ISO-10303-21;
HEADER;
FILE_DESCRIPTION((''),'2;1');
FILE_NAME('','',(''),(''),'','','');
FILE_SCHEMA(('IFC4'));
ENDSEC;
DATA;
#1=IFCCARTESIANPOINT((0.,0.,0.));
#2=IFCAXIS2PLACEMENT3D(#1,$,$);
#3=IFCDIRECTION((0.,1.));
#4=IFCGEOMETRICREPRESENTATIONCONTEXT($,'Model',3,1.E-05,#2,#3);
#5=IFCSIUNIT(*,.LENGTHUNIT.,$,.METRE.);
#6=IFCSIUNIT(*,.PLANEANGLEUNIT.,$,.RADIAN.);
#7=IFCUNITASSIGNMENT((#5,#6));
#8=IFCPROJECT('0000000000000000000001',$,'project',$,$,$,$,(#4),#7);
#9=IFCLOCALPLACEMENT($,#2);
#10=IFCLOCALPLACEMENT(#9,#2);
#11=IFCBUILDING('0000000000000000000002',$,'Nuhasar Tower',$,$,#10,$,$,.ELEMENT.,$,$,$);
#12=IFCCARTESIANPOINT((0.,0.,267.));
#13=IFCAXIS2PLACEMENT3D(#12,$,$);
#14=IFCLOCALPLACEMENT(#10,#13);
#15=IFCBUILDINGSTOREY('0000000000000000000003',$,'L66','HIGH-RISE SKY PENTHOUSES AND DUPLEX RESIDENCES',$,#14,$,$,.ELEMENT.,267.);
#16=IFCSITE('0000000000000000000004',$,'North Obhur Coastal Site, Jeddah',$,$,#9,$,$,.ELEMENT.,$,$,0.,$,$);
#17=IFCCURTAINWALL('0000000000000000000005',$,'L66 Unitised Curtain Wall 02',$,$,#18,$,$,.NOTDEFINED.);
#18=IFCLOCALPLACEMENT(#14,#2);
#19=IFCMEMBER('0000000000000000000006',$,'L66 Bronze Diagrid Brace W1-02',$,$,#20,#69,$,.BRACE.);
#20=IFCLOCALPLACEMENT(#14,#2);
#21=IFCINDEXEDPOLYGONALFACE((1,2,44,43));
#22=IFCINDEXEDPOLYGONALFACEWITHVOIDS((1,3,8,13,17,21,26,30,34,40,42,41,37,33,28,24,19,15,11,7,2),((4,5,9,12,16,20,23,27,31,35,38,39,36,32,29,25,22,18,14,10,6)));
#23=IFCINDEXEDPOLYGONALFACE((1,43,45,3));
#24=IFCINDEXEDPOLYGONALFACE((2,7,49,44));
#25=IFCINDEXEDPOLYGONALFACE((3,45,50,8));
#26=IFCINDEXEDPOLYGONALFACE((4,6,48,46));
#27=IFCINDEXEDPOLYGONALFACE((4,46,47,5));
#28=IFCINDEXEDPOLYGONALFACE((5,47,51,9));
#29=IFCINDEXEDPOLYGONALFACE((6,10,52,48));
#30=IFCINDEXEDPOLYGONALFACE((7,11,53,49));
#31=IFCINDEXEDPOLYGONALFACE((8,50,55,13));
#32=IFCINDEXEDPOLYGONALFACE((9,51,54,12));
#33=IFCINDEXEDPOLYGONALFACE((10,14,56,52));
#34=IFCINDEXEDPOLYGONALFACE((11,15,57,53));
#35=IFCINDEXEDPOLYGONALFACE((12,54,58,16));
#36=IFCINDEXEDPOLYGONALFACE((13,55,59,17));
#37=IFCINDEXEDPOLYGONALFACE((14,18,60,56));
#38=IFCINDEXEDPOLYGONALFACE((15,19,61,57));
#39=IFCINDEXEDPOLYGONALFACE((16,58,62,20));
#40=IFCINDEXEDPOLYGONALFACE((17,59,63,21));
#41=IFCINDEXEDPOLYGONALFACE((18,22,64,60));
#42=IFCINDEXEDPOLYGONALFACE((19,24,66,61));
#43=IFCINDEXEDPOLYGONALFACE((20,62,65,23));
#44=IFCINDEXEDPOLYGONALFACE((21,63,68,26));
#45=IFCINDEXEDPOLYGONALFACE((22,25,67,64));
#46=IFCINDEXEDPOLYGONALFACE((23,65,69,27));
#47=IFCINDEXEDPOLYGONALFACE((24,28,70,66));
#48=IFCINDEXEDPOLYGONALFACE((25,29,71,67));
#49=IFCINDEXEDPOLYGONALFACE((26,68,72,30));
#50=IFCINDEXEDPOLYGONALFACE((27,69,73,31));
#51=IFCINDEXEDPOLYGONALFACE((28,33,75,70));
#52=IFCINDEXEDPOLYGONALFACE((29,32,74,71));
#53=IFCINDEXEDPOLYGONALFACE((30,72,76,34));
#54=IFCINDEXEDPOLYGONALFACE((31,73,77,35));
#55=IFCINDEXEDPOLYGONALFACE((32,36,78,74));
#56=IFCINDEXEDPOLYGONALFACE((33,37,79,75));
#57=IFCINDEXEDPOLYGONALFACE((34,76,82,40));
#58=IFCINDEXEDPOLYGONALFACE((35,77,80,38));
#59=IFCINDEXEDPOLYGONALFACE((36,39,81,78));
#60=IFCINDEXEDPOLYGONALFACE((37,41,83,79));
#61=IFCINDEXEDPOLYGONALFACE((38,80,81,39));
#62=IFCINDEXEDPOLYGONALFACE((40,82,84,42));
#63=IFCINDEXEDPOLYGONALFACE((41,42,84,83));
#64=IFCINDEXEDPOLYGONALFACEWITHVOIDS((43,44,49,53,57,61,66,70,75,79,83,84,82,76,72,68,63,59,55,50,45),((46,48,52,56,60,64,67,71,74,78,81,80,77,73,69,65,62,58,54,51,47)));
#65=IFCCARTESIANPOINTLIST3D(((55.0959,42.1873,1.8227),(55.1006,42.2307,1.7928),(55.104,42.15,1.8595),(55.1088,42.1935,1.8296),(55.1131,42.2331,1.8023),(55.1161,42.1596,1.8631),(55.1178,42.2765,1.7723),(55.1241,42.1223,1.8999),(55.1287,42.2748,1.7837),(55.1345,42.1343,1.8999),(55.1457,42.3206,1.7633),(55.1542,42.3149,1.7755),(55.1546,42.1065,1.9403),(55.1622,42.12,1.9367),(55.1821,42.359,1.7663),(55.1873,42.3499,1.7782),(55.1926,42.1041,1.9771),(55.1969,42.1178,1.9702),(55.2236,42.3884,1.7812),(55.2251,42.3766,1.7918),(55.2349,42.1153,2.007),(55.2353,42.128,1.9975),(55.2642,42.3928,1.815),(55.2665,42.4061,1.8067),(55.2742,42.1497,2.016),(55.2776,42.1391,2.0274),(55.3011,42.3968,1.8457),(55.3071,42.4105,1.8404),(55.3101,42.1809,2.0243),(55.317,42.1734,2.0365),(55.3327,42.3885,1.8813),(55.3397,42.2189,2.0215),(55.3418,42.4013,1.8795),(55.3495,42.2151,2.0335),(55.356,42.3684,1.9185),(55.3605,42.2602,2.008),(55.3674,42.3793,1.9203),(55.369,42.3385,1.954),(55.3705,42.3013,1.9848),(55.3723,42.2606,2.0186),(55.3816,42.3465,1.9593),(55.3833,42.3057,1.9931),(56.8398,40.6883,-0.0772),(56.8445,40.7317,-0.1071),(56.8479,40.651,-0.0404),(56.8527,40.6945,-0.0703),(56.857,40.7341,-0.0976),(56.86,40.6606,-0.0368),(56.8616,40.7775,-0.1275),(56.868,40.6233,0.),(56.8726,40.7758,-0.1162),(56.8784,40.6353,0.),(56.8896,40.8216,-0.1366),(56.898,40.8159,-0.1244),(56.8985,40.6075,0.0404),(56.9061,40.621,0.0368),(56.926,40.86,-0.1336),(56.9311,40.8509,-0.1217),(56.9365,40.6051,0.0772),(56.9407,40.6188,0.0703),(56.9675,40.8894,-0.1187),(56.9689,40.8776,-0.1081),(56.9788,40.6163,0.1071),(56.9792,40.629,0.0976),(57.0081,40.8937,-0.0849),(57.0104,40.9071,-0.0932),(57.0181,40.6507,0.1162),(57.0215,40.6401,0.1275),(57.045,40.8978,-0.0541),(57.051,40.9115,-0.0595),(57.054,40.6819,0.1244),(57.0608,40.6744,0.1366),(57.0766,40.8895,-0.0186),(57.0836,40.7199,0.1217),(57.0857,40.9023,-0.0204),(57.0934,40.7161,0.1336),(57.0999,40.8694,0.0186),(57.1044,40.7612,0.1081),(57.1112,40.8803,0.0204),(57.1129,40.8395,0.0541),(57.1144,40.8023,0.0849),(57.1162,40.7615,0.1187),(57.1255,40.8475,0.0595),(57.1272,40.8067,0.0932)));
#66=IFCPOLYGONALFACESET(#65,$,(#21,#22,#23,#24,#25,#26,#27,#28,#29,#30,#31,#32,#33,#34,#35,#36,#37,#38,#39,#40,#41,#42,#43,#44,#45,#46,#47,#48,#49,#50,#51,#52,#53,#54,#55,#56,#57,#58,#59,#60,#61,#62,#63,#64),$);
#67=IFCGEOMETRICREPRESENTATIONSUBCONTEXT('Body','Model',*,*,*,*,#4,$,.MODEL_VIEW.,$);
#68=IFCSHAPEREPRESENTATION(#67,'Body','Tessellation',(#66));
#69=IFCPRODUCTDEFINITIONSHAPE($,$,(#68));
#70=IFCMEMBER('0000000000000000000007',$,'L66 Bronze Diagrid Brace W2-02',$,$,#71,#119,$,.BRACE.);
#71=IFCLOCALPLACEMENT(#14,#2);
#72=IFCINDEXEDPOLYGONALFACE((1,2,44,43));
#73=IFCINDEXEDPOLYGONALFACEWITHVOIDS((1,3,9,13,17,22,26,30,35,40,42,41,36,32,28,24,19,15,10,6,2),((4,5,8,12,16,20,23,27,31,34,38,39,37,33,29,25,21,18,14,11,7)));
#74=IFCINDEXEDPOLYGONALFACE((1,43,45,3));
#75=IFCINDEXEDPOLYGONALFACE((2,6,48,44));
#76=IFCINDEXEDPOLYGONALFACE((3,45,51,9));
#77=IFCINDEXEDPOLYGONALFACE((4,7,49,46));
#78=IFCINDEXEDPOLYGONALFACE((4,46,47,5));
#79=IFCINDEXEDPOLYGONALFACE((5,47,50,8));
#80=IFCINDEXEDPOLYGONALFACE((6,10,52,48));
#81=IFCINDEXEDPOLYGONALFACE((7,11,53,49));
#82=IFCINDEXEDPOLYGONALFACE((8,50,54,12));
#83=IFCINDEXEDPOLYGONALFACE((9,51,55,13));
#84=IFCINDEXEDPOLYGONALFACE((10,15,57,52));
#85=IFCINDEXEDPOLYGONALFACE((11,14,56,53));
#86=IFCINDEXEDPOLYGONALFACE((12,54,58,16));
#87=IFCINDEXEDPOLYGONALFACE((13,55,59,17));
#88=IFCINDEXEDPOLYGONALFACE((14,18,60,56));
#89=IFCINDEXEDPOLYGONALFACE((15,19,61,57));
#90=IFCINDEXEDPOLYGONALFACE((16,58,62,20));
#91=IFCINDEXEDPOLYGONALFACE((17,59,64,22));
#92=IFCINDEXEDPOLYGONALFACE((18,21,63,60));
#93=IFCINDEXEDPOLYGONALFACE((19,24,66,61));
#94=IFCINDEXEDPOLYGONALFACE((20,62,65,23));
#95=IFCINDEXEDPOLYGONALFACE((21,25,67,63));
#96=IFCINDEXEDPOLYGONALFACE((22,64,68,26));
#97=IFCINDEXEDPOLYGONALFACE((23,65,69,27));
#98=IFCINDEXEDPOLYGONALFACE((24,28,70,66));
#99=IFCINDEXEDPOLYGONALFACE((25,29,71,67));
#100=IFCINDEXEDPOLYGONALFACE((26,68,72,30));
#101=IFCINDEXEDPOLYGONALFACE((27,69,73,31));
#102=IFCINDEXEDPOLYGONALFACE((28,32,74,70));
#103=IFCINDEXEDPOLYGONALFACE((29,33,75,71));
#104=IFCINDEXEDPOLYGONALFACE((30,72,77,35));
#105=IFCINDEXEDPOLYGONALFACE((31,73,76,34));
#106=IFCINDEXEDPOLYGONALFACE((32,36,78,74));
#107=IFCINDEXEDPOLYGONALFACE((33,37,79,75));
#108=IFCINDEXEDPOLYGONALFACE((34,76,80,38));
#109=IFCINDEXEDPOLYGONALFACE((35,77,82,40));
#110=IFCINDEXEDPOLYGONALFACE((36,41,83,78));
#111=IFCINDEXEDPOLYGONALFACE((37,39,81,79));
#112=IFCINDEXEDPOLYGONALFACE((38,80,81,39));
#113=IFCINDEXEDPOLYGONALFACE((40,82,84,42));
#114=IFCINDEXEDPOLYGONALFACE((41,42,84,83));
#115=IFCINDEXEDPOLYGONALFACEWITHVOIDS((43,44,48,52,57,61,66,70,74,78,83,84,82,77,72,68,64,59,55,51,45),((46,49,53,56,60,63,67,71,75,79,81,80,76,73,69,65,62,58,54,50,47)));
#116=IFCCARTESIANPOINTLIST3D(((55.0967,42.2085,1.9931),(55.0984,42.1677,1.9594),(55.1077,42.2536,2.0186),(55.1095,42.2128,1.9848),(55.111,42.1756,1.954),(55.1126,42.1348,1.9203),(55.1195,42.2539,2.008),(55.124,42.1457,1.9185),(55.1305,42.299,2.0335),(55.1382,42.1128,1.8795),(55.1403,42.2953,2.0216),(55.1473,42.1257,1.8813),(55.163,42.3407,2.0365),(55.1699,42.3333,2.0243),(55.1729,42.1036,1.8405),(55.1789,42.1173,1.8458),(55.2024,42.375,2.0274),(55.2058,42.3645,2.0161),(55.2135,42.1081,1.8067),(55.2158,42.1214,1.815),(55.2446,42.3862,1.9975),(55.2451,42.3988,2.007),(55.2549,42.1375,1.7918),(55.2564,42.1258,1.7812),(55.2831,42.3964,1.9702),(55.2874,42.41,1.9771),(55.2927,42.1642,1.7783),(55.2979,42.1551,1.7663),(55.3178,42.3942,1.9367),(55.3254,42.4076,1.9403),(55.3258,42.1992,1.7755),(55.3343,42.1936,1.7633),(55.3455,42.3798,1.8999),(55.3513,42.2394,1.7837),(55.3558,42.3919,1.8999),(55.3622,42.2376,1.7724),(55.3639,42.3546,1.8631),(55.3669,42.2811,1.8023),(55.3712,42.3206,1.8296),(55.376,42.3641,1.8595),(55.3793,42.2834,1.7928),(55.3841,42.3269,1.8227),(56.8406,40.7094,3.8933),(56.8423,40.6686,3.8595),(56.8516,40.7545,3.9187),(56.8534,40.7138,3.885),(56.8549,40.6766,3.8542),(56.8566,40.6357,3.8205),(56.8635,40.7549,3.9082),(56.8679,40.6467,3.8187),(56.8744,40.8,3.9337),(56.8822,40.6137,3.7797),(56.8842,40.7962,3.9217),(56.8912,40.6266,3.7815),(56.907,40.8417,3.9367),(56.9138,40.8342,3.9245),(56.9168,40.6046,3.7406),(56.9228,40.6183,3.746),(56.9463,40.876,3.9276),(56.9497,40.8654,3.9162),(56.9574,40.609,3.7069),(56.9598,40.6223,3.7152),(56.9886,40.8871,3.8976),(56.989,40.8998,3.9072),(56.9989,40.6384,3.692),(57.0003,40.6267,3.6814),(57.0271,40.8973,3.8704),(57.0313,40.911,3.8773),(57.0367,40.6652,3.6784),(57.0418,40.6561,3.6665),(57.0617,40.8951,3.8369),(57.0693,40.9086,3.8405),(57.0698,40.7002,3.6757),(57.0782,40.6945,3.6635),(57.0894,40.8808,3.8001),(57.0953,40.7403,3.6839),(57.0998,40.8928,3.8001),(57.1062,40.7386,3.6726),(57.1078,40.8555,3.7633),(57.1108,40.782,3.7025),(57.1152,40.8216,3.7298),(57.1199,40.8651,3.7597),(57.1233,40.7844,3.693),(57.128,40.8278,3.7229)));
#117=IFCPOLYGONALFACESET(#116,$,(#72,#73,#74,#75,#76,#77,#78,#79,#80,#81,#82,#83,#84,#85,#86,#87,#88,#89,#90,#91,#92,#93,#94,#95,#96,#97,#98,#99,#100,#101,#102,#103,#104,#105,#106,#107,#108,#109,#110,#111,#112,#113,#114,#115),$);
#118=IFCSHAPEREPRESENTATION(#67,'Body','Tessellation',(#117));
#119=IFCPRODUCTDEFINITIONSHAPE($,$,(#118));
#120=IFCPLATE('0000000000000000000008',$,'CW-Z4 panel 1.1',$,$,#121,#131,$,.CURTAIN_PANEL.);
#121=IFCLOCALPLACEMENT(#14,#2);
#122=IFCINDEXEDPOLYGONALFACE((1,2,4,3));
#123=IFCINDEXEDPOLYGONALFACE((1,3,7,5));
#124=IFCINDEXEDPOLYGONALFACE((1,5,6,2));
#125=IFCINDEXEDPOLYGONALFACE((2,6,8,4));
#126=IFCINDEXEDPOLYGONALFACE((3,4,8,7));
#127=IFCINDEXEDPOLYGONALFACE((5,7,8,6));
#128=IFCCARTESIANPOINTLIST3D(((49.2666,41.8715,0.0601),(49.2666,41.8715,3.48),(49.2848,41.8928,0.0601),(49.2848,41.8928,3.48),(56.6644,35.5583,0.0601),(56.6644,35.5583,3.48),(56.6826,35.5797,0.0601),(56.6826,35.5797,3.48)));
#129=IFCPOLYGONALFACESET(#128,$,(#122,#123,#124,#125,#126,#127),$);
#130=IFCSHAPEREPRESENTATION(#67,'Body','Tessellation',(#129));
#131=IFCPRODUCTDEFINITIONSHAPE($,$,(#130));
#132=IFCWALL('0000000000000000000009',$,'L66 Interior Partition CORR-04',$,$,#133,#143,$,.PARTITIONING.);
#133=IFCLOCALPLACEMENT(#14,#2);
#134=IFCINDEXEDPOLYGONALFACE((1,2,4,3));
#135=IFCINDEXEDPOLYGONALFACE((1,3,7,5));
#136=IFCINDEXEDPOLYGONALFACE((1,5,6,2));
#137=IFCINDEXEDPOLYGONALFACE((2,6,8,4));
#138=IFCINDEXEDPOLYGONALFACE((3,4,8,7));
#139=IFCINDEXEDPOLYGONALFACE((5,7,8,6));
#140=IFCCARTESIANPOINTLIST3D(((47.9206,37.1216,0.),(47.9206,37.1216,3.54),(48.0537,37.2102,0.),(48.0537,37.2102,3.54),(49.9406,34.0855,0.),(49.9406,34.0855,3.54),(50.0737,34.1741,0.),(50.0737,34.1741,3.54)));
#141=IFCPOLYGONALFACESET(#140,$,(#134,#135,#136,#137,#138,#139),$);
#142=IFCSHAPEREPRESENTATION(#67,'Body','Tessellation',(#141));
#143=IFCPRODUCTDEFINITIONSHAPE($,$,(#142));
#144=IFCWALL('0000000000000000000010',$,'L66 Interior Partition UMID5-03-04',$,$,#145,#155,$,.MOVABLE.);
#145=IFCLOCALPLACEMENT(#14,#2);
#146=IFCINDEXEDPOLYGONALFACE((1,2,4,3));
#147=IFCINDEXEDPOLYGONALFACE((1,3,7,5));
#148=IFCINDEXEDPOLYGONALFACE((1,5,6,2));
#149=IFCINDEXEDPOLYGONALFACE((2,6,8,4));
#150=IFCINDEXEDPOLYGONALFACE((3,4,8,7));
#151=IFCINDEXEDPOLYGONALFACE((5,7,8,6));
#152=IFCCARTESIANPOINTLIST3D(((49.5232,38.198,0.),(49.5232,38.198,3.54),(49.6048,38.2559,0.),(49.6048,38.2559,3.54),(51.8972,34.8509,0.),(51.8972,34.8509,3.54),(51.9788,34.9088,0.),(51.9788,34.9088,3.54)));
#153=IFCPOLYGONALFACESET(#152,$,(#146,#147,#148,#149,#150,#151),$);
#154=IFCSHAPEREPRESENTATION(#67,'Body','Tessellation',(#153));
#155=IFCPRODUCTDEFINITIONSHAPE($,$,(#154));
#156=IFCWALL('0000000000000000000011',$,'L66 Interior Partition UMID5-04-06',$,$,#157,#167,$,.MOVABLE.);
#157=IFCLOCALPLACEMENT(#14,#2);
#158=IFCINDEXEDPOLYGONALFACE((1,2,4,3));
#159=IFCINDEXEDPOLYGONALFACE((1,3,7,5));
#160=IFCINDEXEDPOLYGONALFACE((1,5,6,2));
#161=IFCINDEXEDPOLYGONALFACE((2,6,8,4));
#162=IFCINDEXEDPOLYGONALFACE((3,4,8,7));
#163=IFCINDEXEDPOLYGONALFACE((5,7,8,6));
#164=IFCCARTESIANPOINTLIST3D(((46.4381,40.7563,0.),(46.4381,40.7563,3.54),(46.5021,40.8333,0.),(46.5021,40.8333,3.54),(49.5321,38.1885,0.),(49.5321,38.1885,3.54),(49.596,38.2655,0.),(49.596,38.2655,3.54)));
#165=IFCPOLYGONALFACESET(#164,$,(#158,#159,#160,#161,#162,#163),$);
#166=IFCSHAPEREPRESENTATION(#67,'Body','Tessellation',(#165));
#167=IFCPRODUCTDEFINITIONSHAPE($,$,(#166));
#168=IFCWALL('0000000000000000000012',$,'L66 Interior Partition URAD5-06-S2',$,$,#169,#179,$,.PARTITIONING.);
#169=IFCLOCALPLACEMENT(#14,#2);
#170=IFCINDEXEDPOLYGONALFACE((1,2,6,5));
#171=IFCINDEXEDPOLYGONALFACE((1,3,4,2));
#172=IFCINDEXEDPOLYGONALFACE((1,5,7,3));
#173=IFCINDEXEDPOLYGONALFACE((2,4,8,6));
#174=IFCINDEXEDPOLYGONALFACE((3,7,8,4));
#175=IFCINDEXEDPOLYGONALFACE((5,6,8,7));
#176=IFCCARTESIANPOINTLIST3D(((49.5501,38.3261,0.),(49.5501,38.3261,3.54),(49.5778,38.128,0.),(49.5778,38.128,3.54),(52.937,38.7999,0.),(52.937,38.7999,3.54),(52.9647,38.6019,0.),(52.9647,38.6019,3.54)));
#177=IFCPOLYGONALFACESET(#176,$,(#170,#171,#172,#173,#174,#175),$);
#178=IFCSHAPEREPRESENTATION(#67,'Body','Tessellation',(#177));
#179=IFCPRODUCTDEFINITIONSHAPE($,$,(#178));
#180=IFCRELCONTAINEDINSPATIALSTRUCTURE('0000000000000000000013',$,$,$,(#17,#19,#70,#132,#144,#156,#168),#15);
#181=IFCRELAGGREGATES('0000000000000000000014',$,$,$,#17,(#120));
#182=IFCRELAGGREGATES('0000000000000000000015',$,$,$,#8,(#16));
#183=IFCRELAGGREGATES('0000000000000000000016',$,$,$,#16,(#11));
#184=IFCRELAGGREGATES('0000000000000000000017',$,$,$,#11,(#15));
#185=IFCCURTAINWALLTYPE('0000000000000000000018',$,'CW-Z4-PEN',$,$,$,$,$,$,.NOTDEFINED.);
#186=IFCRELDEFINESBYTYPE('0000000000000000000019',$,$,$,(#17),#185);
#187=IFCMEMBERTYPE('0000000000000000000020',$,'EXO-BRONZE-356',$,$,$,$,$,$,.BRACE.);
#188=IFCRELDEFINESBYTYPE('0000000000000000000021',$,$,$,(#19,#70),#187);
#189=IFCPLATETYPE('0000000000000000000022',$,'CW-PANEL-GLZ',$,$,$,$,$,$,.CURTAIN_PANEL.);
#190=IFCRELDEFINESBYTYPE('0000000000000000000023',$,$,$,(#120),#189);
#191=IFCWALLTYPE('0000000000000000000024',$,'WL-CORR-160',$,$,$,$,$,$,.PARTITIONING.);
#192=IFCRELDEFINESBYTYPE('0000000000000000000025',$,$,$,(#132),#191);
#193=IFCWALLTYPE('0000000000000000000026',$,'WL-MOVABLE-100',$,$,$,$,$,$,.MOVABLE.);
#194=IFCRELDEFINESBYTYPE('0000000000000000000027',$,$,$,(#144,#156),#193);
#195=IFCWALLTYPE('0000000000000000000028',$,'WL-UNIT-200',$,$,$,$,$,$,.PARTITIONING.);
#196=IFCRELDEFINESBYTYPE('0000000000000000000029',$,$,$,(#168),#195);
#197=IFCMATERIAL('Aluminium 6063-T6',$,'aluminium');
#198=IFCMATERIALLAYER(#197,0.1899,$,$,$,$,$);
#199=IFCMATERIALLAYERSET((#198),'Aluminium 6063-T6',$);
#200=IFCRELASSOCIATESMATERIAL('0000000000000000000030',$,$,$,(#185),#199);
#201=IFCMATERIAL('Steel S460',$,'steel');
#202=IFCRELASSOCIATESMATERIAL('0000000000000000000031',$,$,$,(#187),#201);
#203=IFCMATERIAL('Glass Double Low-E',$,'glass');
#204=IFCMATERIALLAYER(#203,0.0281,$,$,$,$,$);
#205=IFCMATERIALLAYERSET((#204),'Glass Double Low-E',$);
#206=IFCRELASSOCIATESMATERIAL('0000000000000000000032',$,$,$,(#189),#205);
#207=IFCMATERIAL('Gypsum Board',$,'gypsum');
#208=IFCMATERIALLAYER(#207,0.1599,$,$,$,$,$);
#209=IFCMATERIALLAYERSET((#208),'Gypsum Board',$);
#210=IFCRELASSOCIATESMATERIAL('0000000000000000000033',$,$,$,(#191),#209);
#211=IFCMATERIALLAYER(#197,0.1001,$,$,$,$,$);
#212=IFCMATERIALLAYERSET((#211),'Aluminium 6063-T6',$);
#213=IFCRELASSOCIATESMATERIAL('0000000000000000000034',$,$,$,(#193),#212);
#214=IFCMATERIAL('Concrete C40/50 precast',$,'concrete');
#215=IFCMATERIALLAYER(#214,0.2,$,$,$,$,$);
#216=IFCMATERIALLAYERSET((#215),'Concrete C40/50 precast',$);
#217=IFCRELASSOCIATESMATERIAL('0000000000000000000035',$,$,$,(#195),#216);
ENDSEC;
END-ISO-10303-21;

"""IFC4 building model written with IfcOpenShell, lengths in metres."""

from ifc_helpers import new_model, si_unit, direction, frame, frame_2d, origin, origin_2d, place, context, subcontext, project, spatial, rectangle, hollow_circle, extrude, material, layer, layer_set, material_profile, profile_set, type_object, element, aggregate, save


model = new_model("IFC4")

# Units and contexts
model_context = context("Model", 3, precision=1e-05, world=origin(), true_north=direction((0.0, 1.0)))
body_context = subcontext(model_context, "Body", "Model", "MODEL_VIEW")
ifc_project = project(units=[si_unit("LENGTHUNIT", "METRE"), si_unit("PLANEANGLEUNIT", "RADIAN")], contexts=[model_context])

# Site, building, storey
site_placement = place(None, origin())
site = spatial("IfcSite", under=ifc_project, at=site_placement, Name="North Obhur Coastal Site, Jeddah", CompositionType="ELEMENT", RefElevation=0.0)
building_placement = place(site_placement, origin())
building = spatial("IfcBuilding", under=site, at=building_placement, Name="Nuhasar Tower", CompositionType="ELEMENT")
storey_placement = place(building_placement, frame((0.0, 0.0, 267.0)))
storey = spatial("IfcBuildingStorey", under=building, at=storey_placement, Name="L66", Description="HIGH-RISE SKY PENTHOUSES AND DUPLEX RESIDENCES", CompositionType="ELEMENT", Elevation=267.0)

# Shared definitions
ifc_material_1 = material(Name="Aluminium 6063-T6", Category="aluminium")
ifc_layer_1 = layer(ifc_material_1, 0.1899)
ifc_layer_set_1 = layer_set([ifc_layer_1], Name="Aluminium 6063-T6")
curtain_wall_type = type_object("IfcCurtainWallType", Name="CW-Z4-PEN", PredefinedType="NOTDEFINED", material=ifc_layer_set_1)

# Curtain wall
curtain_wall_1_placement = place(storey_placement, origin())
curtain_wall_1 = element("IfcCurtainWall", 1, at=curtain_wall_1_placement, inside=storey, type_object=curtain_wall_type, Name="L66 Unitised Curtain Wall 02", PredefinedType="NOTDEFINED")

# Members
ifc_material_2 = material(Name="Steel S460", Category="steel")
ifc_material_profile_1 = material_profile(ifc_material_2, hollow_circle(Radius=0.1777, WallThickness=0.0159, at=origin_2d()), Name="HSS355.6X15.9")
ifc_profile_set_1 = profile_set([ifc_material_profile_1], Name="Steel S460")
member_type_1 = type_object("IfcMemberType", Name="EXO-BRONZE-356", PredefinedType="BRACE", material=ifc_profile_set_1)
for number, where, z_axis, x_axis, name in (
    (2, (56.9839, 40.7581, 0.0), (-0.584625, 0.502534, 0.636925), (-0.651857, -0.758342, 0.0), "L66 Bronze Diagrid Brace W1-02"),
):
    element("IfcMember", number, at=place(storey_placement, frame(where, z_axis=z_axis, x_axis=x_axis)), inside=storey, type_object=member_type_1, Name=name, PredefinedType="BRACE", context=body_context, shape_type="SweptSolid", body=[
        extrude(hollow_circle(Radius=0.1777, WallThickness=0.0159, at=origin_2d()), origin(), (0.0, 0.0, 1.0), 2.9829),
    ])
member_1_placement = place(storey_placement, frame((55.24, 42.2571, 1.8999), z_axis=(0.584595, -0.502508, 0.636973), x_axis=(0.651857, 0.758342, 0.0)))
element("IfcMember", 3, at=member_1_placement, inside=storey, type_object=member_type_1, Name="L66 Bronze Diagrid Brace W2-02", PredefinedType="BRACE", context=body_context, shape_type="SweptSolid", body=[
    extrude(hollow_circle(Radius=0.1777, WallThickness=0.0159, at=origin_2d()), origin(), (0.0, 0.0, 1.0), 2.9832),
])

# Plate
ifc_material_3 = material(Name="Glass Double Low-E", Category="glass")
ifc_layer_2 = layer(ifc_material_3, 0.0281)
ifc_layer_set_2 = layer_set([ifc_layer_2], Name="Glass Double Low-E")
plate_type = type_object("IfcPlateType", Name="CW-PANEL-GLZ", PredefinedType="CURTAIN_PANEL", material=ifc_layer_set_2)
plate_placement = place(storey_placement, frame((52.9746, 38.7256, 0.0601), z_axis=(0.0, 0.0, 1.0), x_axis=(-0.760667, 0.649142, 0.0)))
plate = element("IfcPlate", 4, at=plate_placement, type_object=plate_type, Name="CW-Z4 panel 1.1", PredefinedType="CURTAIN_PANEL", context=body_context, shape_type="SweptSolid", body=[
    extrude(rectangle(XDim=9.7253, YDim=0.0281, at=origin_2d()), origin(), (0.0, 0.0, 1.0), 3.4199),
])
aggregate(curtain_wall_1, [plate])

# Walls
ifc_material_4 = material(Name="Gypsum Board", Category="gypsum")
ifc_layer_3 = layer(ifc_material_4, 0.1599)
ifc_layer_set_3 = layer_set([ifc_layer_3], Name="Gypsum Board")
wall_type_1 = type_object("IfcWallType", Name="WL-CORR-160", PredefinedType="PARTITIONING", material=ifc_layer_set_3)
wall_1_placement = place(storey_placement, frame((50.0071, 34.1299, 0.0), z_axis=(0.0, 0.0, 1.0), x_axis=(-0.553927, 0.832565, 0.0)))
element("IfcWall", 5, at=wall_1_placement, inside=storey, type_object=wall_type_1, Name="L66 Interior Partition CORR-04", PredefinedType="PARTITIONING", context=body_context, shape_type="SweptSolid", body=[
    extrude(rectangle(XDim=3.6467, YDim=0.1599, at=frame_2d((1.8232, 0.0))), origin(), (0.0, 0.0, 1.0), 3.54),
])
ifc_layer_4 = layer(ifc_material_1, 0.1001)
ifc_layer_set_4 = layer_set([ifc_layer_4], Name="Aluminium 6063-T6")
wall_type_2 = type_object("IfcWallType", Name="WL-MOVABLE-100", PredefinedType="MOVABLE", material=ifc_layer_set_4)
wall_2_placement = place(storey_placement, frame((51.938, 34.8799, 0.0), z_axis=(0.0, 0.0, 1.0), x_axis=(-0.578522, 0.815667, 0.0)))
element("IfcWall", 6, at=wall_2_placement, inside=storey, type_object=wall_type_2, Name="L66 Interior Partition UMID5-03-04", PredefinedType="MOVABLE", context=body_context, shape_type="SweptSolid", body=[
    extrude(rectangle(XDim=4.1035, YDim=0.1001, at=frame_2d((2.0518, 0.0))), origin(), (0.0, 0.0, 1.0), 3.54),
])
wall_3_placement = place(storey_placement, frame((49.564, 38.2271, 0.0), z_axis=(0.0, 0.0, 1.0), x_axis=(-0.769499, 0.638648, 0.0)))
element("IfcWall", 7, at=wall_3_placement, inside=storey, type_object=wall_type_2, Name="L66 Interior Partition UMID5-04-06", PredefinedType="MOVABLE", context=body_context, shape_type="SweptSolid", body=[
    extrude(rectangle(XDim=4.0208, YDim=0.1001, at=frame_2d((2.0103, 0.0))), origin(), (0.0, 0.0, 1.0), 3.54),
])
ifc_material_5 = material(Name="Concrete C40/50 precast", Category="concrete")
ifc_layer_5 = layer(ifc_material_5, 0.2)
ifc_layer_set_5 = layer_set([ifc_layer_5], Name="Concrete C40/50 precast")
wall_type_3 = type_object("IfcWallType", Name="WL-UNIT-200", PredefinedType="PARTITIONING", material=ifc_layer_set_5)
wall_4_placement = place(storey_placement, frame((49.564, 38.2271, 0.0), z_axis=(0.0, 0.0, 1.0), x_axis=(0.990354, 0.138562, 0.0)))
element("IfcWall", 8, at=wall_4_placement, inside=storey, type_object=wall_type_3, Name="L66 Interior Partition URAD5-06-S2", PredefinedType="PARTITIONING", context=body_context, shape_type="SweptSolid", body=[
    extrude(rectangle(XDim=3.4199, YDim=0.2, at=frame_2d((1.71, 0.0))), origin(), (0.0, 0.0, 1.0), 3.54),
])

save(model, "model.ifc")
